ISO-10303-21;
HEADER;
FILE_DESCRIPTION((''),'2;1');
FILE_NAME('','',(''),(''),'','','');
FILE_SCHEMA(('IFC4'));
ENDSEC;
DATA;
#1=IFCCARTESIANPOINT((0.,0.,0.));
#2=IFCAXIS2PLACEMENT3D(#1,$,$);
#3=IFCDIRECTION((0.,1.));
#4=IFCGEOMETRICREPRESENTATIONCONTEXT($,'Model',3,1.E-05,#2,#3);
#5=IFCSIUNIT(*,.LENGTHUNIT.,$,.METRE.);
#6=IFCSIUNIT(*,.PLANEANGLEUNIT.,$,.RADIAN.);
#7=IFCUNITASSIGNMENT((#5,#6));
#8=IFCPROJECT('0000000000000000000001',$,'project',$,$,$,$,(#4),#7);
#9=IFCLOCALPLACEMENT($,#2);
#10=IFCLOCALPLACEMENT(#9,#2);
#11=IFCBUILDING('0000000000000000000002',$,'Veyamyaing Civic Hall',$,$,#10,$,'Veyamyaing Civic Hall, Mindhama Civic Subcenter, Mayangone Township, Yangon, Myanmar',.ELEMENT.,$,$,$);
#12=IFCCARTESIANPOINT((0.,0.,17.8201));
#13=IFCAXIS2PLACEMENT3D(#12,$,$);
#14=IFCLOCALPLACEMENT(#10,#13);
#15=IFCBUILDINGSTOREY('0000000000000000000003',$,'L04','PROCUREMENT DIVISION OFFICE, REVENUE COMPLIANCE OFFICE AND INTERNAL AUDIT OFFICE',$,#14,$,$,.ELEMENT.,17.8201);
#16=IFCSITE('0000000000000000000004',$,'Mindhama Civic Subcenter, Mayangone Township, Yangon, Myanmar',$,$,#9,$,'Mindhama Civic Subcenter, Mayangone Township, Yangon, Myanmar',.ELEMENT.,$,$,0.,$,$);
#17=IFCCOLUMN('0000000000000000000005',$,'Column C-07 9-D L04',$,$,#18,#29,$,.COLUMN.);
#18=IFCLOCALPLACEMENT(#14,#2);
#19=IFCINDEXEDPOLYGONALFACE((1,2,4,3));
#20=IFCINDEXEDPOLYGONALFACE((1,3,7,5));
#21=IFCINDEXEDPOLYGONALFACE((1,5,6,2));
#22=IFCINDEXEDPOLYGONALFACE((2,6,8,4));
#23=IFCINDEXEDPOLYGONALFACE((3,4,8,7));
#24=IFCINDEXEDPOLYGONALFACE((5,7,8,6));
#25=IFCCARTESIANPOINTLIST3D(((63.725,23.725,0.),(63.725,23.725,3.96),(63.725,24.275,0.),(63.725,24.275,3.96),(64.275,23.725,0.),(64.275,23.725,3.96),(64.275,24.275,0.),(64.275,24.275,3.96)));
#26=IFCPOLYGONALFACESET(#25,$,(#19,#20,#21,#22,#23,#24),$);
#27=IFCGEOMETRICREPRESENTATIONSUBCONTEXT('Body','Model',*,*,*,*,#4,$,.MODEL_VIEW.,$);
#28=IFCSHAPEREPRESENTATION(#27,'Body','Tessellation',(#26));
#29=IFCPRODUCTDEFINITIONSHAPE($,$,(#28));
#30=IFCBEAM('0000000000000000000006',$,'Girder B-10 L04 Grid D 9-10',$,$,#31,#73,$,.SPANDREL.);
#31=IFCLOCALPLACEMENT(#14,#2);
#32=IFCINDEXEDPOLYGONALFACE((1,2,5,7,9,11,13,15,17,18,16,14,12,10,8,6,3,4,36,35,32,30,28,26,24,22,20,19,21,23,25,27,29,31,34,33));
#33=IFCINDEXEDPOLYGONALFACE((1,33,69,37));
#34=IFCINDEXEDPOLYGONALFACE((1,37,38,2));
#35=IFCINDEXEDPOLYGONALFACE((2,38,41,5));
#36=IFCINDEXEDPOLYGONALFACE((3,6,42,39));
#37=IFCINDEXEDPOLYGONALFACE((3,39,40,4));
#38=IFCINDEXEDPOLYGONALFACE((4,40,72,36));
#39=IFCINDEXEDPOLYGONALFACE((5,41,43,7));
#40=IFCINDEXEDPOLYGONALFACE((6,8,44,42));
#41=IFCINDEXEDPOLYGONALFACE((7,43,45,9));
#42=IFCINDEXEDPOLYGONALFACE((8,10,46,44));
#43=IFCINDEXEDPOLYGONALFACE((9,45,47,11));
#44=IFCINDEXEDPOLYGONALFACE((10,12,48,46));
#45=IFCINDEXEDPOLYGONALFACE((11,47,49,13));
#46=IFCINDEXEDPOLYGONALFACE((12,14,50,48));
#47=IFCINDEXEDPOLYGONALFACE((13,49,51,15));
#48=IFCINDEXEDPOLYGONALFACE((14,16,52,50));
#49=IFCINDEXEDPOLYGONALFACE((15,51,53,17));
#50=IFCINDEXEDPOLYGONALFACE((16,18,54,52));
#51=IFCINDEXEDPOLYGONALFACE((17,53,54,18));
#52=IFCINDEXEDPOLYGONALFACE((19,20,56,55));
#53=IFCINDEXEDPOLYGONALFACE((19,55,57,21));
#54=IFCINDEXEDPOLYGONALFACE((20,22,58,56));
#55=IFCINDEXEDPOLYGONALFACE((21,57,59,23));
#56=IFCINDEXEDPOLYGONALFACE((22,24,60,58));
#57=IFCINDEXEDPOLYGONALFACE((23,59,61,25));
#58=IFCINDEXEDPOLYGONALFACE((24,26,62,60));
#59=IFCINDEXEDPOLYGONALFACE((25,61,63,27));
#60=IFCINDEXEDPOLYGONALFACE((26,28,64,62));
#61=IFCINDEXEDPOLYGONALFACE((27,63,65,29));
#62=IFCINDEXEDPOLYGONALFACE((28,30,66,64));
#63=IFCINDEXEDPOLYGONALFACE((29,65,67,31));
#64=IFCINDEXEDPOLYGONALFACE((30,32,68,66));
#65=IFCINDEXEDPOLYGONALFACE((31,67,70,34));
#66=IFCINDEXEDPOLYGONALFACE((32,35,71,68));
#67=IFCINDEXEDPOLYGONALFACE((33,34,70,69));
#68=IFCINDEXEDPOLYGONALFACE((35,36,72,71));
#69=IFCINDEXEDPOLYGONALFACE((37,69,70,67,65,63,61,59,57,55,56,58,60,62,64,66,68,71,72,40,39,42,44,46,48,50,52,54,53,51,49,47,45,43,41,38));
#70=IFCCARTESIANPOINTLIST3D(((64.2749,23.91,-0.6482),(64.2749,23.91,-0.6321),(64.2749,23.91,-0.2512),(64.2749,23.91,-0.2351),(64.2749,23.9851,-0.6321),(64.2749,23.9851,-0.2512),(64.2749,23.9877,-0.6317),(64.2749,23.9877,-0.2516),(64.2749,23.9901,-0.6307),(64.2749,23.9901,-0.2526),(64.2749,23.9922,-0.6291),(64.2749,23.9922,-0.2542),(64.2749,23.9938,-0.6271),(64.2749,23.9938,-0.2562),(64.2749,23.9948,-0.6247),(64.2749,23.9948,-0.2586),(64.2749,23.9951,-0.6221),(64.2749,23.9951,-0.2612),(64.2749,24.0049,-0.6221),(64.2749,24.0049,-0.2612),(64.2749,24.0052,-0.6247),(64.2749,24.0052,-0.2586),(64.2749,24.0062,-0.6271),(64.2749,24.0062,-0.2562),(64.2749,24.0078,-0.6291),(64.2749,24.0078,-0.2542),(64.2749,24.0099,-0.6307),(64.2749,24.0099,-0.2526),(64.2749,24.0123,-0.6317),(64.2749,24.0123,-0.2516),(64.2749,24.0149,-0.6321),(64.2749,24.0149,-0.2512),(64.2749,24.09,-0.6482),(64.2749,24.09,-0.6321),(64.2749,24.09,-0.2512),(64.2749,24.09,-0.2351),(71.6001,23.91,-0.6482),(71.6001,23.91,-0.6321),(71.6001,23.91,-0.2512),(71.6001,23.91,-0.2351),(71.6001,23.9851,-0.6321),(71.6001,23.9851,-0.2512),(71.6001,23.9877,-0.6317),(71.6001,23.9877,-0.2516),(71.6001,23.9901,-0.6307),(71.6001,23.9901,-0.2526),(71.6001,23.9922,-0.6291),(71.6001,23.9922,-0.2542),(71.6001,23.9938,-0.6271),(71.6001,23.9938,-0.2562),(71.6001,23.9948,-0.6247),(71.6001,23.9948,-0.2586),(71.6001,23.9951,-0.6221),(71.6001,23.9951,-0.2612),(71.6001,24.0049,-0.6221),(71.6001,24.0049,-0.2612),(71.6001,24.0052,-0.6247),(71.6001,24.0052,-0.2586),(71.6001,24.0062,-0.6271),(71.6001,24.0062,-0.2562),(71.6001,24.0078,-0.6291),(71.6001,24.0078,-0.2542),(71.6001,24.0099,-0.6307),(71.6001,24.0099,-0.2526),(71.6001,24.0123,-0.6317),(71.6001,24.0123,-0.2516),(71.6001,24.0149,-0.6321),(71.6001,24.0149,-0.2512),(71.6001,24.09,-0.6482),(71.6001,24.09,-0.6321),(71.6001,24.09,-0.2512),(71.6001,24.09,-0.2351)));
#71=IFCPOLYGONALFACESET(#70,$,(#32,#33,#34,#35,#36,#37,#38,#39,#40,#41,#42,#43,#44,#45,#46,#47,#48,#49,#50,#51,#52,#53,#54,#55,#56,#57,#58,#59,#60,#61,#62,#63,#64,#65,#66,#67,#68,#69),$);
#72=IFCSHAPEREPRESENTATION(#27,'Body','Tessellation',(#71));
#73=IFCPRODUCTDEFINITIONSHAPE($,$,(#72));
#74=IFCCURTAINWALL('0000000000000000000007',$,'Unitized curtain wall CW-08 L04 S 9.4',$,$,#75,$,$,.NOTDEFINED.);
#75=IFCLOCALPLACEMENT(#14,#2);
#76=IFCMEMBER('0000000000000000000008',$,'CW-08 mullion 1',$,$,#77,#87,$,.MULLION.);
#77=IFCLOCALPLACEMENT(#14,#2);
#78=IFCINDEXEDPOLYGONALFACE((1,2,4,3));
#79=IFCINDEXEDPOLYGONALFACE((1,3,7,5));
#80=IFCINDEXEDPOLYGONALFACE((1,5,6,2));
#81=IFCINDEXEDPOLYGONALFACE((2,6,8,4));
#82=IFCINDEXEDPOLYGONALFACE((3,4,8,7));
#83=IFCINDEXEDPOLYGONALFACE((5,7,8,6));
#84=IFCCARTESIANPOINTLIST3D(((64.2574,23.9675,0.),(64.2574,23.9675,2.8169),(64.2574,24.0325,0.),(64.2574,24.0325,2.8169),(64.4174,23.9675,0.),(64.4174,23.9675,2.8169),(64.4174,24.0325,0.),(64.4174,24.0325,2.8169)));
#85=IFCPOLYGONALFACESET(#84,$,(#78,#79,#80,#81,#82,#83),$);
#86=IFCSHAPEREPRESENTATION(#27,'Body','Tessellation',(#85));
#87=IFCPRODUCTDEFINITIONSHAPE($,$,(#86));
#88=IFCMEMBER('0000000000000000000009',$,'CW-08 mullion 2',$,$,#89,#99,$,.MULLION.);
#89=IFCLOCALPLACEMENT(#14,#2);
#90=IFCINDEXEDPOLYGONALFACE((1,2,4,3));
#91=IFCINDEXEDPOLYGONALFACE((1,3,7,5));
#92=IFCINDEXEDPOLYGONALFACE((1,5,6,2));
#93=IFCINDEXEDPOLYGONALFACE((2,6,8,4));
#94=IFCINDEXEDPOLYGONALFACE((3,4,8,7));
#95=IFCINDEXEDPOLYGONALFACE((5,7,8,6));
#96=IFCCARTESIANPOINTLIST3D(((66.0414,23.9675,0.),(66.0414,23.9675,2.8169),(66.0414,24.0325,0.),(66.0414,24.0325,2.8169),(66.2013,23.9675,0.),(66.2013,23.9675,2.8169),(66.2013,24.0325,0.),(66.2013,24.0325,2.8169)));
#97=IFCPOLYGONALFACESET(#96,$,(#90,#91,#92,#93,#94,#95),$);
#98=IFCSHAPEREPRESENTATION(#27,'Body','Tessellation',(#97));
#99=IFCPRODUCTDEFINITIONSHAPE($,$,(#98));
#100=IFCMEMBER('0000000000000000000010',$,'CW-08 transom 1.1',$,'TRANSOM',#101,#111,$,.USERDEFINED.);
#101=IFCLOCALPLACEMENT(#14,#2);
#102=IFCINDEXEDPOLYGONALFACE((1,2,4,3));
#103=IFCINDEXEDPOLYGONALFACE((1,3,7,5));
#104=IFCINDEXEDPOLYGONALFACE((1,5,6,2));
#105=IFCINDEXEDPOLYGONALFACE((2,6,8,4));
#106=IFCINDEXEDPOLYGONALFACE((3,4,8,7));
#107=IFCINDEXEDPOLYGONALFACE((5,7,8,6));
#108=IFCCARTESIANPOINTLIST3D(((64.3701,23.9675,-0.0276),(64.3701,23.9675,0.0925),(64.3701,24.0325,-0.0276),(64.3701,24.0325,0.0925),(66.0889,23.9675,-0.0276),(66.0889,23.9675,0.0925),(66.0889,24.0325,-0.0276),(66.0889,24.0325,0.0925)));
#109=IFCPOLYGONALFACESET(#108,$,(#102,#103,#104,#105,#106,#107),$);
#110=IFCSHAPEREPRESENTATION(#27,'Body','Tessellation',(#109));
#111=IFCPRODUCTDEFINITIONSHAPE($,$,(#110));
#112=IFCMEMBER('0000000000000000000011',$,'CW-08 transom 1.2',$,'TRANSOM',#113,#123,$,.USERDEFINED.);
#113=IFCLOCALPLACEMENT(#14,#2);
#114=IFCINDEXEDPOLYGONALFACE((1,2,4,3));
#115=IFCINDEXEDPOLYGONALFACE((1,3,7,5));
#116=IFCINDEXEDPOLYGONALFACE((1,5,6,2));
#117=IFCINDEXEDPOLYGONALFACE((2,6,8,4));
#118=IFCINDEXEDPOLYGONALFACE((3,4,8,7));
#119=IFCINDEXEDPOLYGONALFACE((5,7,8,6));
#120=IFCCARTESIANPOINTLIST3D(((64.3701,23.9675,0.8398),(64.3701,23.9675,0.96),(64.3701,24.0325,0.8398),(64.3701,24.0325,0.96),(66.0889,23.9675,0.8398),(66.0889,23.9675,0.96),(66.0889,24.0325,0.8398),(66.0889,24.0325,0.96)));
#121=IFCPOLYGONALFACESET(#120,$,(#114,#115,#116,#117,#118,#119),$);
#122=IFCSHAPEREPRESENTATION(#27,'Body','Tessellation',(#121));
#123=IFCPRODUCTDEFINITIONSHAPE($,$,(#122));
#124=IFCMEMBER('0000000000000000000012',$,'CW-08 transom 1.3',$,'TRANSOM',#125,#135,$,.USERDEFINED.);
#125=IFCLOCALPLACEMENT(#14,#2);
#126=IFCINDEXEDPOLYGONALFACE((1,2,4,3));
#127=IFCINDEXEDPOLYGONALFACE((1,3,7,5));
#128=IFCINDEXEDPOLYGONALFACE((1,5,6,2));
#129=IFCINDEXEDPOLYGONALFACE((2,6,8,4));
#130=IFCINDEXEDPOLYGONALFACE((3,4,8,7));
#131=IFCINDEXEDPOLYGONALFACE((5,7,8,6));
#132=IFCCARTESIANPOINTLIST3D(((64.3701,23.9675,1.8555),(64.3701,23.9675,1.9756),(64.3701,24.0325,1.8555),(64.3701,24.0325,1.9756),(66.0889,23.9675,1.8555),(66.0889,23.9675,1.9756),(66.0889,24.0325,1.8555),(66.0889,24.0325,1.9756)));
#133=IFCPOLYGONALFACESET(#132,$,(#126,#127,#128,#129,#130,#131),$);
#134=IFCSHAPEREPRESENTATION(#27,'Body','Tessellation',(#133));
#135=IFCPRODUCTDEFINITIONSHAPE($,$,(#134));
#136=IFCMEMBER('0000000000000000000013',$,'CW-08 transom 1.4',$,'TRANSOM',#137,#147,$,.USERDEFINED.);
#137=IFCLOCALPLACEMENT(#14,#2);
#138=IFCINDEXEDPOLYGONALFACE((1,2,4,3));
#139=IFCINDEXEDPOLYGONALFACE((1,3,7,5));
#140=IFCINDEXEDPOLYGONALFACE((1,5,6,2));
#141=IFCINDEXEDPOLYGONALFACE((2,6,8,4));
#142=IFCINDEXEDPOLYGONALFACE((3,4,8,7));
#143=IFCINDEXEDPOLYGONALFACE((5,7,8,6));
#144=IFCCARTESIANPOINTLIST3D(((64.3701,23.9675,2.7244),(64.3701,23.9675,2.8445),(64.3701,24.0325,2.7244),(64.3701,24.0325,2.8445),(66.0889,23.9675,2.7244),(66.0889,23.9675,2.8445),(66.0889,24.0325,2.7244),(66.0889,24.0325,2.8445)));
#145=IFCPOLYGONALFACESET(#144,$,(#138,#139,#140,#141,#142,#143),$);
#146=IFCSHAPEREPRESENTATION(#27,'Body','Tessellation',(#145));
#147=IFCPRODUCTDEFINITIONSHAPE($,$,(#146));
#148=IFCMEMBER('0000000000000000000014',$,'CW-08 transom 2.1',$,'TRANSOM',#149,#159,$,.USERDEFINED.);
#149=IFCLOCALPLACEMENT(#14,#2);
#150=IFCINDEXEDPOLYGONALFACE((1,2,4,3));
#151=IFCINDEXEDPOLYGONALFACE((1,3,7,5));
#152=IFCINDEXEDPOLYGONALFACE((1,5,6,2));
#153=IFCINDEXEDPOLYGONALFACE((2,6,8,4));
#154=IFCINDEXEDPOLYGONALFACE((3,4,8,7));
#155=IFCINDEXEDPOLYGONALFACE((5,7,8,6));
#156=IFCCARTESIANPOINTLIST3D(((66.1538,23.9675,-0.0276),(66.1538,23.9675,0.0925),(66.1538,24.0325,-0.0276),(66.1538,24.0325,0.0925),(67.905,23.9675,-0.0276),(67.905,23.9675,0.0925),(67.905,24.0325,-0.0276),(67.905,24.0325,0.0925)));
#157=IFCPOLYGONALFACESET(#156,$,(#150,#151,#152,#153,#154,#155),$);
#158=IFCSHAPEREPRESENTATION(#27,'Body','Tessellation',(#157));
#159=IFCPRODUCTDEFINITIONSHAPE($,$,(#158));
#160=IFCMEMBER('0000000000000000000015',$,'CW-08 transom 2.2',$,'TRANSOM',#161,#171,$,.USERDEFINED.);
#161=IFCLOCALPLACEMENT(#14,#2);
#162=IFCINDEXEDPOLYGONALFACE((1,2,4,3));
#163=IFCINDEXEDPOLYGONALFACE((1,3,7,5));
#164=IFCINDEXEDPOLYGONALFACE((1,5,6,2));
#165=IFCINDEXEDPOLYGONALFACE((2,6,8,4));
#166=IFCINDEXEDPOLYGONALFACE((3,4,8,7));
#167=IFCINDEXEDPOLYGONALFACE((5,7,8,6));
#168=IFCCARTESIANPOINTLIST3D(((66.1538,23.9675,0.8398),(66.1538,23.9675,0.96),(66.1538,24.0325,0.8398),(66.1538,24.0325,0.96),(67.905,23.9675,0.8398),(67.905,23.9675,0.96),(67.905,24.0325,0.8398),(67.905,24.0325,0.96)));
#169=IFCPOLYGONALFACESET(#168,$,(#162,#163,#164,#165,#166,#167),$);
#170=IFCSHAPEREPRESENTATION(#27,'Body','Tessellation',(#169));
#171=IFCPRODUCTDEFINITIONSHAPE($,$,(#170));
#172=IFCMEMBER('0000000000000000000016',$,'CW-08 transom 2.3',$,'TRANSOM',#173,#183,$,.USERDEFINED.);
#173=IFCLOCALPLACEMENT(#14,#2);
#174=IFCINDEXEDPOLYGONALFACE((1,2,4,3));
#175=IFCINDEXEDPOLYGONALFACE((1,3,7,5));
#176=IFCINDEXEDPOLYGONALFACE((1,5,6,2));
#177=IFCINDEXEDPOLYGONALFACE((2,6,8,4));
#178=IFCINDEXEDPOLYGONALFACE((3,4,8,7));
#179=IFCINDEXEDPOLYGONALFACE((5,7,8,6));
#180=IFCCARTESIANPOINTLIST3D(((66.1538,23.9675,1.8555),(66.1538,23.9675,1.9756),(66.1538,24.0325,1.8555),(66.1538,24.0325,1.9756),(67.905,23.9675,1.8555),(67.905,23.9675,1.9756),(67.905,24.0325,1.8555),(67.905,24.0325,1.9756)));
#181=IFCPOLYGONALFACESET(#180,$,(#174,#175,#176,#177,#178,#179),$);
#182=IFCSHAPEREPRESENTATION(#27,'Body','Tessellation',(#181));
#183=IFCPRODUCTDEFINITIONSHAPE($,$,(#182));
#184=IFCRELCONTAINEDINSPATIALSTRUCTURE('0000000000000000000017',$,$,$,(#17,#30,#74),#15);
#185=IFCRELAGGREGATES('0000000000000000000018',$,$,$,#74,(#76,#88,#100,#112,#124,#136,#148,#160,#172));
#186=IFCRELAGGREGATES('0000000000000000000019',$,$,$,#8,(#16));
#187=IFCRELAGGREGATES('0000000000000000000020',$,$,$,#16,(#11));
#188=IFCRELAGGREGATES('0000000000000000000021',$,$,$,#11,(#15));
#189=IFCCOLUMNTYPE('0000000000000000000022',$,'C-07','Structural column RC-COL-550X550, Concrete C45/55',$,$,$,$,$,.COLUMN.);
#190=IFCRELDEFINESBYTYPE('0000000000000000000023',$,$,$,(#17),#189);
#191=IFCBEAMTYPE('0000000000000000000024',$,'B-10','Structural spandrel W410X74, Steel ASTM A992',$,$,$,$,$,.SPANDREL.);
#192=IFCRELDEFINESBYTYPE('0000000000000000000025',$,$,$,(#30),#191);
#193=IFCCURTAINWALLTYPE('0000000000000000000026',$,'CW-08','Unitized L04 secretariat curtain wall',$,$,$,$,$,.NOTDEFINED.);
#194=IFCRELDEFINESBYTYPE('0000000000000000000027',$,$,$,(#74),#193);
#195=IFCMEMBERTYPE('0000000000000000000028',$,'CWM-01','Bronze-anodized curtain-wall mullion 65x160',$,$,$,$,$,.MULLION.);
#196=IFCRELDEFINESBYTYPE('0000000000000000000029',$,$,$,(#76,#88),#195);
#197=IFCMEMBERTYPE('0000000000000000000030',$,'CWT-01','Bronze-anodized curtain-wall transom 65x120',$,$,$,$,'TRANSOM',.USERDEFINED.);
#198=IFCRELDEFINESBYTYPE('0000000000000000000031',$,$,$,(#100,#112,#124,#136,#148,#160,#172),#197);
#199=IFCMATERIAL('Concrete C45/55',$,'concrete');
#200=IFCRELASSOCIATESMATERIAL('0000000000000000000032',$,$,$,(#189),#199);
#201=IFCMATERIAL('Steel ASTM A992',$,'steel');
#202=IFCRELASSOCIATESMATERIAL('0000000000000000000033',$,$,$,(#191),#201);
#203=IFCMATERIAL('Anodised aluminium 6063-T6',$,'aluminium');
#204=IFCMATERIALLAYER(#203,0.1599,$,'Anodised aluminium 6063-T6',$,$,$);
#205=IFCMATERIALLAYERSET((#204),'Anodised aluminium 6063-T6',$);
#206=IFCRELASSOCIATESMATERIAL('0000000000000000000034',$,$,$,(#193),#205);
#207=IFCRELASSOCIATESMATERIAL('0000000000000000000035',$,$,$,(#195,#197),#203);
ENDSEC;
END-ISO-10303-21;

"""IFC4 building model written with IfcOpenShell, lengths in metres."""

from ifc_helpers import new_model, si_unit, direction, frame, origin, origin_2d, place, context, subcontext, project, spatial, rectangle, i_section, extrude, material, layer, layer_set, material_profile, profile_set, type_object, element, aggregate, save


model = new_model("IFC4")

# Units and contexts
model_context = context("Model", 3, precision=1e-05, world=origin(), true_north=direction((0.0, 1.0)))
body_context = subcontext(model_context, "Body", "Model", "MODEL_VIEW")
ifc_project = project(units=[si_unit("LENGTHUNIT", "METRE"), si_unit("PLANEANGLEUNIT", "RADIAN")], contexts=[model_context])

# Site, building, storey
site_placement = place(None, origin())
site = spatial("IfcSite", under=ifc_project, at=site_placement, Name="Mindhama Civic Subcenter, Mayangone Township, Yangon, Myanmar", LongName="Mindhama Civic Subcenter, Mayangone Township, Yangon, Myanmar", CompositionType="ELEMENT", RefElevation=0.0)
building_placement = place(site_placement, origin())
building = spatial("IfcBuilding", under=site, at=building_placement, Name="Veyamyaing Civic Hall", LongName="Veyamyaing Civic Hall, Mindhama Civic Subcenter, Mayangone Township, Yangon, Myanmar", CompositionType="ELEMENT")
storey_placement = place(building_placement, frame((0.0, 0.0, 17.8201)))
storey = spatial("IfcBuildingStorey", under=building, at=storey_placement, Name="L04", Description="PROCUREMENT DIVISION OFFICE, REVENUE COMPLIANCE OFFICE AND INTERNAL AUDIT OFFICE", CompositionType="ELEMENT", Elevation=17.8201)

# Column
ifc_material_1 = material(Name="Concrete C45/55", Category="concrete")
ifc_material_profile_1 = material_profile(ifc_material_1, rectangle(XDim=0.55, YDim=0.55, at=origin_2d()), Name="RC-COL-550X550")
ifc_profile_set_1 = profile_set([ifc_material_profile_1], Name="Concrete C45/55")
column_type = type_object("IfcColumnType", Name="C-07", Description="Structural column RC-COL-550X550, Concrete C45/55", PredefinedType="COLUMN", material=ifc_profile_set_1)
column_placement = place(storey_placement, frame((64.0, 24.0, 0.0), z_axis=(0.0, 0.0, 1.0), x_axis=(1.0, 0.0, 0.0)))
element("IfcColumn", 1, at=column_placement, inside=storey, type_object=column_type, Name="Column C-07 9-D L04", PredefinedType="COLUMN", context=body_context, shape_type="SweptSolid", body=[
    extrude(rectangle(XDim=0.55, YDim=0.55, at=origin_2d()), origin(), (0.0, 0.0, 1.0), 3.96),
])

# Beam
ifc_material_2 = material(Name="Steel ASTM A992", Category="steel")
ifc_material_profile_2 = material_profile(ifc_material_2, i_section(OverallWidth=0.1799, OverallDepth=0.4131, WebThickness=0.0098, FlangeThickness=0.0161, FilletRadius=0.01, at=origin_2d()), Name="W410X74")
ifc_profile_set_2 = profile_set([ifc_material_profile_2], Name="Steel ASTM A992")
beam_type = type_object("IfcBeamType", Name="B-10", Description="Structural spandrel W410X74, Steel ASTM A992", PredefinedType="SPANDREL", material=ifc_profile_set_2)
beam_placement = place(storey_placement, frame((64.2749, 24.0, -0.4417), z_axis=(1.0, 0.0, 0.0), x_axis=(0.0, 1.0, 0.0)))
element("IfcBeam", 2, at=beam_placement, inside=storey, type_object=beam_type, Name="Girder B-10 L04 Grid D 9-10", PredefinedType="SPANDREL", context=body_context, shape_type="SweptSolid", body=[
    extrude(i_section(OverallWidth=0.1799, OverallDepth=0.4131, WebThickness=0.0098, FlangeThickness=0.0161, FilletRadius=0.01, at=origin_2d()), origin(), (0.0, 0.0, 1.0), 7.3252),
])

# Curtain wall, members
ifc_material_3 = material(Name="Anodised aluminium 6063-T6", Category="aluminium")
ifc_layer_1 = layer(ifc_material_3, 0.1599, Name="Anodised aluminium 6063-T6")
ifc_layer_set_1 = layer_set([ifc_layer_1], Name="Anodised aluminium 6063-T6")
curtain_wall_type = type_object("IfcCurtainWallType", Name="CW-08", Description="Unitized L04 secretariat curtain wall", PredefinedType="NOTDEFINED", material=ifc_layer_set_1)
curtain_wall_placement = place(storey_placement, origin())
curtain_wall = element("IfcCurtainWall", 3, at=curtain_wall_placement, inside=storey, type_object=curtain_wall_type, Name="Unitized curtain wall CW-08 L04 S 9.4", PredefinedType="NOTDEFINED")
ifc_material_profile_3 = material_profile(ifc_material_3, rectangle(XDim=0.0649, YDim=0.1599, at=origin_2d()), Name="ALU-MUL-65X160")
ifc_profile_set_3 = profile_set([ifc_material_profile_3], Name="Anodised aluminium 6063-T6")
member_type_1 = type_object("IfcMemberType", Name="CWM-01", Description="Bronze-anodized curtain-wall mullion 65x160", PredefinedType="MULLION", material=ifc_profile_set_3)
member_1_placement = place(storey_placement, frame((64.3374, 24.0, 0.0), z_axis=(0.0, 0.0, 1.0), x_axis=(0.0, 1.0, 0.0)))
member_1 = element("IfcMember", 4, at=member_1_placement, type_object=member_type_1, Name="CW-08 mullion 1", PredefinedType="MULLION", context=body_context, shape_type="SweptSolid", body=[
    extrude(rectangle(XDim=0.0649, YDim=0.1599, at=origin_2d()), origin(), (0.0, 0.0, 1.0), 2.8169),
])
member_2_placement = place(storey_placement, frame((66.1213, 24.0, 0.0), z_axis=(0.0, 0.0, 1.0), x_axis=(0.0, 1.0, 0.0)))
member_2 = element("IfcMember", 5, at=member_2_placement, type_object=member_type_1, Name="CW-08 mullion 2", PredefinedType="MULLION", context=body_context, shape_type="SweptSolid", body=[
    extrude(rectangle(XDim=0.0649, YDim=0.1599, at=origin_2d()), origin(), (0.0, 0.0, 1.0), 2.8169),
])
ifc_material_profile_4 = material_profile(ifc_material_3, rectangle(XDim=0.0649, YDim=0.1201, at=origin_2d()), Name="ALU-TRN-65X120")
ifc_profile_set_4 = profile_set([ifc_material_profile_4], Name="Anodised aluminium 6063-T6")
member_type_2 = type_object("IfcMemberType", Name="CWT-01", Description="Bronze-anodized curtain-wall transom 65x120", ElementType="TRANSOM", PredefinedType="USERDEFINED", material=ifc_profile_set_4)
member_3_placement = place(storey_placement, frame((64.3701, 24.0, 0.0325), z_axis=(1.0, 0.0, 0.0), x_axis=(0.0, 1.0, 0.0)))
member_3 = element("IfcMember", 6, at=member_3_placement, type_object=member_type_2, Name="CW-08 transom 1.1", ObjectType="TRANSOM", PredefinedType="USERDEFINED", context=body_context, shape_type="SweptSolid", body=[
    extrude(rectangle(XDim=0.0649, YDim=0.1201, at=origin_2d()), origin(), (0.0, 0.0, 1.0), 1.7188),
])
member_4_placement = place(storey_placement, frame((64.3701, 24.0, 0.8999), z_axis=(1.0, 0.0, 0.0), x_axis=(0.0, 1.0, 0.0)))
member_4 = element("IfcMember", 7, at=member_4_placement, type_object=member_type_2, Name="CW-08 transom 1.2", ObjectType="TRANSOM", PredefinedType="USERDEFINED", context=body_context, shape_type="SweptSolid", body=[
    extrude(rectangle(XDim=0.0649, YDim=0.1201, at=origin_2d()), origin(), (0.0, 0.0, 1.0), 1.7188),
])
member_5_placement = place(storey_placement, frame((64.3701, 24.0, 1.9155), z_axis=(1.0, 0.0, 0.0), x_axis=(0.0, 1.0, 0.0)))
member_5 = element("IfcMember", 8, at=member_5_placement, type_object=member_type_2, Name="CW-08 transom 1.3", ObjectType="TRANSOM", PredefinedType="USERDEFINED", context=body_context, shape_type="SweptSolid", body=[
    extrude(rectangle(XDim=0.0649, YDim=0.1201, at=origin_2d()), origin(), (0.0, 0.0, 1.0), 1.7188),
])
member_6_placement = place(storey_placement, frame((64.3701, 24.0, 2.7844), z_axis=(1.0, 0.0, 0.0), x_axis=(0.0, 1.0, 0.0)))
member_6 = element("IfcMember", 9, at=member_6_placement, type_object=member_type_2, Name="CW-08 transom 1.4", ObjectType="TRANSOM", PredefinedType="USERDEFINED", context=body_context, shape_type="SweptSolid", body=[
    extrude(rectangle(XDim=0.0649, YDim=0.1201, at=origin_2d()), origin(), (0.0, 0.0, 1.0), 1.7188),
])
member_7_placement = place(storey_placement, frame((66.1538, 24.0, 0.0325), z_axis=(1.0, 0.0, 0.0), x_axis=(0.0, 1.0, 0.0)))
member_7 = element("IfcMember", 10, at=member_7_placement, type_object=member_type_2, Name="CW-08 transom 2.1", ObjectType="TRANSOM", PredefinedType="USERDEFINED", context=body_context, shape_type="SweptSolid", body=[
    extrude(rectangle(XDim=0.0649, YDim=0.1201, at=origin_2d()), origin(), (0.0, 0.0, 1.0), 1.7512),
])
member_8_placement = place(storey_placement, frame((66.1538, 24.0, 0.8999), z_axis=(1.0, 0.0, 0.0), x_axis=(0.0, 1.0, 0.0)))
member_8 = element("IfcMember", 11, at=member_8_placement, type_object=member_type_2, Name="CW-08 transom 2.2", ObjectType="TRANSOM", PredefinedType="USERDEFINED", context=body_context, shape_type="SweptSolid", body=[
    extrude(rectangle(XDim=0.0649, YDim=0.1201, at=origin_2d()), origin(), (0.0, 0.0, 1.0), 1.7512),
])
member_9_placement = place(storey_placement, frame((66.1538, 24.0, 1.9155), z_axis=(1.0, 0.0, 0.0), x_axis=(0.0, 1.0, 0.0)))
member_9 = element("IfcMember", 12, at=member_9_placement, type_object=member_type_2, Name="CW-08 transom 2.3", ObjectType="TRANSOM", PredefinedType="USERDEFINED", context=body_context, shape_type="SweptSolid", body=[
    extrude(rectangle(XDim=0.0649, YDim=0.1201, at=origin_2d()), origin(), (0.0, 0.0, 1.0), 1.7512),
])
aggregate(curtain_wall, [member_1, member_2, member_3, member_4, member_5, member_6, member_7, member_8, member_9])

save(model, "model.ifc")
